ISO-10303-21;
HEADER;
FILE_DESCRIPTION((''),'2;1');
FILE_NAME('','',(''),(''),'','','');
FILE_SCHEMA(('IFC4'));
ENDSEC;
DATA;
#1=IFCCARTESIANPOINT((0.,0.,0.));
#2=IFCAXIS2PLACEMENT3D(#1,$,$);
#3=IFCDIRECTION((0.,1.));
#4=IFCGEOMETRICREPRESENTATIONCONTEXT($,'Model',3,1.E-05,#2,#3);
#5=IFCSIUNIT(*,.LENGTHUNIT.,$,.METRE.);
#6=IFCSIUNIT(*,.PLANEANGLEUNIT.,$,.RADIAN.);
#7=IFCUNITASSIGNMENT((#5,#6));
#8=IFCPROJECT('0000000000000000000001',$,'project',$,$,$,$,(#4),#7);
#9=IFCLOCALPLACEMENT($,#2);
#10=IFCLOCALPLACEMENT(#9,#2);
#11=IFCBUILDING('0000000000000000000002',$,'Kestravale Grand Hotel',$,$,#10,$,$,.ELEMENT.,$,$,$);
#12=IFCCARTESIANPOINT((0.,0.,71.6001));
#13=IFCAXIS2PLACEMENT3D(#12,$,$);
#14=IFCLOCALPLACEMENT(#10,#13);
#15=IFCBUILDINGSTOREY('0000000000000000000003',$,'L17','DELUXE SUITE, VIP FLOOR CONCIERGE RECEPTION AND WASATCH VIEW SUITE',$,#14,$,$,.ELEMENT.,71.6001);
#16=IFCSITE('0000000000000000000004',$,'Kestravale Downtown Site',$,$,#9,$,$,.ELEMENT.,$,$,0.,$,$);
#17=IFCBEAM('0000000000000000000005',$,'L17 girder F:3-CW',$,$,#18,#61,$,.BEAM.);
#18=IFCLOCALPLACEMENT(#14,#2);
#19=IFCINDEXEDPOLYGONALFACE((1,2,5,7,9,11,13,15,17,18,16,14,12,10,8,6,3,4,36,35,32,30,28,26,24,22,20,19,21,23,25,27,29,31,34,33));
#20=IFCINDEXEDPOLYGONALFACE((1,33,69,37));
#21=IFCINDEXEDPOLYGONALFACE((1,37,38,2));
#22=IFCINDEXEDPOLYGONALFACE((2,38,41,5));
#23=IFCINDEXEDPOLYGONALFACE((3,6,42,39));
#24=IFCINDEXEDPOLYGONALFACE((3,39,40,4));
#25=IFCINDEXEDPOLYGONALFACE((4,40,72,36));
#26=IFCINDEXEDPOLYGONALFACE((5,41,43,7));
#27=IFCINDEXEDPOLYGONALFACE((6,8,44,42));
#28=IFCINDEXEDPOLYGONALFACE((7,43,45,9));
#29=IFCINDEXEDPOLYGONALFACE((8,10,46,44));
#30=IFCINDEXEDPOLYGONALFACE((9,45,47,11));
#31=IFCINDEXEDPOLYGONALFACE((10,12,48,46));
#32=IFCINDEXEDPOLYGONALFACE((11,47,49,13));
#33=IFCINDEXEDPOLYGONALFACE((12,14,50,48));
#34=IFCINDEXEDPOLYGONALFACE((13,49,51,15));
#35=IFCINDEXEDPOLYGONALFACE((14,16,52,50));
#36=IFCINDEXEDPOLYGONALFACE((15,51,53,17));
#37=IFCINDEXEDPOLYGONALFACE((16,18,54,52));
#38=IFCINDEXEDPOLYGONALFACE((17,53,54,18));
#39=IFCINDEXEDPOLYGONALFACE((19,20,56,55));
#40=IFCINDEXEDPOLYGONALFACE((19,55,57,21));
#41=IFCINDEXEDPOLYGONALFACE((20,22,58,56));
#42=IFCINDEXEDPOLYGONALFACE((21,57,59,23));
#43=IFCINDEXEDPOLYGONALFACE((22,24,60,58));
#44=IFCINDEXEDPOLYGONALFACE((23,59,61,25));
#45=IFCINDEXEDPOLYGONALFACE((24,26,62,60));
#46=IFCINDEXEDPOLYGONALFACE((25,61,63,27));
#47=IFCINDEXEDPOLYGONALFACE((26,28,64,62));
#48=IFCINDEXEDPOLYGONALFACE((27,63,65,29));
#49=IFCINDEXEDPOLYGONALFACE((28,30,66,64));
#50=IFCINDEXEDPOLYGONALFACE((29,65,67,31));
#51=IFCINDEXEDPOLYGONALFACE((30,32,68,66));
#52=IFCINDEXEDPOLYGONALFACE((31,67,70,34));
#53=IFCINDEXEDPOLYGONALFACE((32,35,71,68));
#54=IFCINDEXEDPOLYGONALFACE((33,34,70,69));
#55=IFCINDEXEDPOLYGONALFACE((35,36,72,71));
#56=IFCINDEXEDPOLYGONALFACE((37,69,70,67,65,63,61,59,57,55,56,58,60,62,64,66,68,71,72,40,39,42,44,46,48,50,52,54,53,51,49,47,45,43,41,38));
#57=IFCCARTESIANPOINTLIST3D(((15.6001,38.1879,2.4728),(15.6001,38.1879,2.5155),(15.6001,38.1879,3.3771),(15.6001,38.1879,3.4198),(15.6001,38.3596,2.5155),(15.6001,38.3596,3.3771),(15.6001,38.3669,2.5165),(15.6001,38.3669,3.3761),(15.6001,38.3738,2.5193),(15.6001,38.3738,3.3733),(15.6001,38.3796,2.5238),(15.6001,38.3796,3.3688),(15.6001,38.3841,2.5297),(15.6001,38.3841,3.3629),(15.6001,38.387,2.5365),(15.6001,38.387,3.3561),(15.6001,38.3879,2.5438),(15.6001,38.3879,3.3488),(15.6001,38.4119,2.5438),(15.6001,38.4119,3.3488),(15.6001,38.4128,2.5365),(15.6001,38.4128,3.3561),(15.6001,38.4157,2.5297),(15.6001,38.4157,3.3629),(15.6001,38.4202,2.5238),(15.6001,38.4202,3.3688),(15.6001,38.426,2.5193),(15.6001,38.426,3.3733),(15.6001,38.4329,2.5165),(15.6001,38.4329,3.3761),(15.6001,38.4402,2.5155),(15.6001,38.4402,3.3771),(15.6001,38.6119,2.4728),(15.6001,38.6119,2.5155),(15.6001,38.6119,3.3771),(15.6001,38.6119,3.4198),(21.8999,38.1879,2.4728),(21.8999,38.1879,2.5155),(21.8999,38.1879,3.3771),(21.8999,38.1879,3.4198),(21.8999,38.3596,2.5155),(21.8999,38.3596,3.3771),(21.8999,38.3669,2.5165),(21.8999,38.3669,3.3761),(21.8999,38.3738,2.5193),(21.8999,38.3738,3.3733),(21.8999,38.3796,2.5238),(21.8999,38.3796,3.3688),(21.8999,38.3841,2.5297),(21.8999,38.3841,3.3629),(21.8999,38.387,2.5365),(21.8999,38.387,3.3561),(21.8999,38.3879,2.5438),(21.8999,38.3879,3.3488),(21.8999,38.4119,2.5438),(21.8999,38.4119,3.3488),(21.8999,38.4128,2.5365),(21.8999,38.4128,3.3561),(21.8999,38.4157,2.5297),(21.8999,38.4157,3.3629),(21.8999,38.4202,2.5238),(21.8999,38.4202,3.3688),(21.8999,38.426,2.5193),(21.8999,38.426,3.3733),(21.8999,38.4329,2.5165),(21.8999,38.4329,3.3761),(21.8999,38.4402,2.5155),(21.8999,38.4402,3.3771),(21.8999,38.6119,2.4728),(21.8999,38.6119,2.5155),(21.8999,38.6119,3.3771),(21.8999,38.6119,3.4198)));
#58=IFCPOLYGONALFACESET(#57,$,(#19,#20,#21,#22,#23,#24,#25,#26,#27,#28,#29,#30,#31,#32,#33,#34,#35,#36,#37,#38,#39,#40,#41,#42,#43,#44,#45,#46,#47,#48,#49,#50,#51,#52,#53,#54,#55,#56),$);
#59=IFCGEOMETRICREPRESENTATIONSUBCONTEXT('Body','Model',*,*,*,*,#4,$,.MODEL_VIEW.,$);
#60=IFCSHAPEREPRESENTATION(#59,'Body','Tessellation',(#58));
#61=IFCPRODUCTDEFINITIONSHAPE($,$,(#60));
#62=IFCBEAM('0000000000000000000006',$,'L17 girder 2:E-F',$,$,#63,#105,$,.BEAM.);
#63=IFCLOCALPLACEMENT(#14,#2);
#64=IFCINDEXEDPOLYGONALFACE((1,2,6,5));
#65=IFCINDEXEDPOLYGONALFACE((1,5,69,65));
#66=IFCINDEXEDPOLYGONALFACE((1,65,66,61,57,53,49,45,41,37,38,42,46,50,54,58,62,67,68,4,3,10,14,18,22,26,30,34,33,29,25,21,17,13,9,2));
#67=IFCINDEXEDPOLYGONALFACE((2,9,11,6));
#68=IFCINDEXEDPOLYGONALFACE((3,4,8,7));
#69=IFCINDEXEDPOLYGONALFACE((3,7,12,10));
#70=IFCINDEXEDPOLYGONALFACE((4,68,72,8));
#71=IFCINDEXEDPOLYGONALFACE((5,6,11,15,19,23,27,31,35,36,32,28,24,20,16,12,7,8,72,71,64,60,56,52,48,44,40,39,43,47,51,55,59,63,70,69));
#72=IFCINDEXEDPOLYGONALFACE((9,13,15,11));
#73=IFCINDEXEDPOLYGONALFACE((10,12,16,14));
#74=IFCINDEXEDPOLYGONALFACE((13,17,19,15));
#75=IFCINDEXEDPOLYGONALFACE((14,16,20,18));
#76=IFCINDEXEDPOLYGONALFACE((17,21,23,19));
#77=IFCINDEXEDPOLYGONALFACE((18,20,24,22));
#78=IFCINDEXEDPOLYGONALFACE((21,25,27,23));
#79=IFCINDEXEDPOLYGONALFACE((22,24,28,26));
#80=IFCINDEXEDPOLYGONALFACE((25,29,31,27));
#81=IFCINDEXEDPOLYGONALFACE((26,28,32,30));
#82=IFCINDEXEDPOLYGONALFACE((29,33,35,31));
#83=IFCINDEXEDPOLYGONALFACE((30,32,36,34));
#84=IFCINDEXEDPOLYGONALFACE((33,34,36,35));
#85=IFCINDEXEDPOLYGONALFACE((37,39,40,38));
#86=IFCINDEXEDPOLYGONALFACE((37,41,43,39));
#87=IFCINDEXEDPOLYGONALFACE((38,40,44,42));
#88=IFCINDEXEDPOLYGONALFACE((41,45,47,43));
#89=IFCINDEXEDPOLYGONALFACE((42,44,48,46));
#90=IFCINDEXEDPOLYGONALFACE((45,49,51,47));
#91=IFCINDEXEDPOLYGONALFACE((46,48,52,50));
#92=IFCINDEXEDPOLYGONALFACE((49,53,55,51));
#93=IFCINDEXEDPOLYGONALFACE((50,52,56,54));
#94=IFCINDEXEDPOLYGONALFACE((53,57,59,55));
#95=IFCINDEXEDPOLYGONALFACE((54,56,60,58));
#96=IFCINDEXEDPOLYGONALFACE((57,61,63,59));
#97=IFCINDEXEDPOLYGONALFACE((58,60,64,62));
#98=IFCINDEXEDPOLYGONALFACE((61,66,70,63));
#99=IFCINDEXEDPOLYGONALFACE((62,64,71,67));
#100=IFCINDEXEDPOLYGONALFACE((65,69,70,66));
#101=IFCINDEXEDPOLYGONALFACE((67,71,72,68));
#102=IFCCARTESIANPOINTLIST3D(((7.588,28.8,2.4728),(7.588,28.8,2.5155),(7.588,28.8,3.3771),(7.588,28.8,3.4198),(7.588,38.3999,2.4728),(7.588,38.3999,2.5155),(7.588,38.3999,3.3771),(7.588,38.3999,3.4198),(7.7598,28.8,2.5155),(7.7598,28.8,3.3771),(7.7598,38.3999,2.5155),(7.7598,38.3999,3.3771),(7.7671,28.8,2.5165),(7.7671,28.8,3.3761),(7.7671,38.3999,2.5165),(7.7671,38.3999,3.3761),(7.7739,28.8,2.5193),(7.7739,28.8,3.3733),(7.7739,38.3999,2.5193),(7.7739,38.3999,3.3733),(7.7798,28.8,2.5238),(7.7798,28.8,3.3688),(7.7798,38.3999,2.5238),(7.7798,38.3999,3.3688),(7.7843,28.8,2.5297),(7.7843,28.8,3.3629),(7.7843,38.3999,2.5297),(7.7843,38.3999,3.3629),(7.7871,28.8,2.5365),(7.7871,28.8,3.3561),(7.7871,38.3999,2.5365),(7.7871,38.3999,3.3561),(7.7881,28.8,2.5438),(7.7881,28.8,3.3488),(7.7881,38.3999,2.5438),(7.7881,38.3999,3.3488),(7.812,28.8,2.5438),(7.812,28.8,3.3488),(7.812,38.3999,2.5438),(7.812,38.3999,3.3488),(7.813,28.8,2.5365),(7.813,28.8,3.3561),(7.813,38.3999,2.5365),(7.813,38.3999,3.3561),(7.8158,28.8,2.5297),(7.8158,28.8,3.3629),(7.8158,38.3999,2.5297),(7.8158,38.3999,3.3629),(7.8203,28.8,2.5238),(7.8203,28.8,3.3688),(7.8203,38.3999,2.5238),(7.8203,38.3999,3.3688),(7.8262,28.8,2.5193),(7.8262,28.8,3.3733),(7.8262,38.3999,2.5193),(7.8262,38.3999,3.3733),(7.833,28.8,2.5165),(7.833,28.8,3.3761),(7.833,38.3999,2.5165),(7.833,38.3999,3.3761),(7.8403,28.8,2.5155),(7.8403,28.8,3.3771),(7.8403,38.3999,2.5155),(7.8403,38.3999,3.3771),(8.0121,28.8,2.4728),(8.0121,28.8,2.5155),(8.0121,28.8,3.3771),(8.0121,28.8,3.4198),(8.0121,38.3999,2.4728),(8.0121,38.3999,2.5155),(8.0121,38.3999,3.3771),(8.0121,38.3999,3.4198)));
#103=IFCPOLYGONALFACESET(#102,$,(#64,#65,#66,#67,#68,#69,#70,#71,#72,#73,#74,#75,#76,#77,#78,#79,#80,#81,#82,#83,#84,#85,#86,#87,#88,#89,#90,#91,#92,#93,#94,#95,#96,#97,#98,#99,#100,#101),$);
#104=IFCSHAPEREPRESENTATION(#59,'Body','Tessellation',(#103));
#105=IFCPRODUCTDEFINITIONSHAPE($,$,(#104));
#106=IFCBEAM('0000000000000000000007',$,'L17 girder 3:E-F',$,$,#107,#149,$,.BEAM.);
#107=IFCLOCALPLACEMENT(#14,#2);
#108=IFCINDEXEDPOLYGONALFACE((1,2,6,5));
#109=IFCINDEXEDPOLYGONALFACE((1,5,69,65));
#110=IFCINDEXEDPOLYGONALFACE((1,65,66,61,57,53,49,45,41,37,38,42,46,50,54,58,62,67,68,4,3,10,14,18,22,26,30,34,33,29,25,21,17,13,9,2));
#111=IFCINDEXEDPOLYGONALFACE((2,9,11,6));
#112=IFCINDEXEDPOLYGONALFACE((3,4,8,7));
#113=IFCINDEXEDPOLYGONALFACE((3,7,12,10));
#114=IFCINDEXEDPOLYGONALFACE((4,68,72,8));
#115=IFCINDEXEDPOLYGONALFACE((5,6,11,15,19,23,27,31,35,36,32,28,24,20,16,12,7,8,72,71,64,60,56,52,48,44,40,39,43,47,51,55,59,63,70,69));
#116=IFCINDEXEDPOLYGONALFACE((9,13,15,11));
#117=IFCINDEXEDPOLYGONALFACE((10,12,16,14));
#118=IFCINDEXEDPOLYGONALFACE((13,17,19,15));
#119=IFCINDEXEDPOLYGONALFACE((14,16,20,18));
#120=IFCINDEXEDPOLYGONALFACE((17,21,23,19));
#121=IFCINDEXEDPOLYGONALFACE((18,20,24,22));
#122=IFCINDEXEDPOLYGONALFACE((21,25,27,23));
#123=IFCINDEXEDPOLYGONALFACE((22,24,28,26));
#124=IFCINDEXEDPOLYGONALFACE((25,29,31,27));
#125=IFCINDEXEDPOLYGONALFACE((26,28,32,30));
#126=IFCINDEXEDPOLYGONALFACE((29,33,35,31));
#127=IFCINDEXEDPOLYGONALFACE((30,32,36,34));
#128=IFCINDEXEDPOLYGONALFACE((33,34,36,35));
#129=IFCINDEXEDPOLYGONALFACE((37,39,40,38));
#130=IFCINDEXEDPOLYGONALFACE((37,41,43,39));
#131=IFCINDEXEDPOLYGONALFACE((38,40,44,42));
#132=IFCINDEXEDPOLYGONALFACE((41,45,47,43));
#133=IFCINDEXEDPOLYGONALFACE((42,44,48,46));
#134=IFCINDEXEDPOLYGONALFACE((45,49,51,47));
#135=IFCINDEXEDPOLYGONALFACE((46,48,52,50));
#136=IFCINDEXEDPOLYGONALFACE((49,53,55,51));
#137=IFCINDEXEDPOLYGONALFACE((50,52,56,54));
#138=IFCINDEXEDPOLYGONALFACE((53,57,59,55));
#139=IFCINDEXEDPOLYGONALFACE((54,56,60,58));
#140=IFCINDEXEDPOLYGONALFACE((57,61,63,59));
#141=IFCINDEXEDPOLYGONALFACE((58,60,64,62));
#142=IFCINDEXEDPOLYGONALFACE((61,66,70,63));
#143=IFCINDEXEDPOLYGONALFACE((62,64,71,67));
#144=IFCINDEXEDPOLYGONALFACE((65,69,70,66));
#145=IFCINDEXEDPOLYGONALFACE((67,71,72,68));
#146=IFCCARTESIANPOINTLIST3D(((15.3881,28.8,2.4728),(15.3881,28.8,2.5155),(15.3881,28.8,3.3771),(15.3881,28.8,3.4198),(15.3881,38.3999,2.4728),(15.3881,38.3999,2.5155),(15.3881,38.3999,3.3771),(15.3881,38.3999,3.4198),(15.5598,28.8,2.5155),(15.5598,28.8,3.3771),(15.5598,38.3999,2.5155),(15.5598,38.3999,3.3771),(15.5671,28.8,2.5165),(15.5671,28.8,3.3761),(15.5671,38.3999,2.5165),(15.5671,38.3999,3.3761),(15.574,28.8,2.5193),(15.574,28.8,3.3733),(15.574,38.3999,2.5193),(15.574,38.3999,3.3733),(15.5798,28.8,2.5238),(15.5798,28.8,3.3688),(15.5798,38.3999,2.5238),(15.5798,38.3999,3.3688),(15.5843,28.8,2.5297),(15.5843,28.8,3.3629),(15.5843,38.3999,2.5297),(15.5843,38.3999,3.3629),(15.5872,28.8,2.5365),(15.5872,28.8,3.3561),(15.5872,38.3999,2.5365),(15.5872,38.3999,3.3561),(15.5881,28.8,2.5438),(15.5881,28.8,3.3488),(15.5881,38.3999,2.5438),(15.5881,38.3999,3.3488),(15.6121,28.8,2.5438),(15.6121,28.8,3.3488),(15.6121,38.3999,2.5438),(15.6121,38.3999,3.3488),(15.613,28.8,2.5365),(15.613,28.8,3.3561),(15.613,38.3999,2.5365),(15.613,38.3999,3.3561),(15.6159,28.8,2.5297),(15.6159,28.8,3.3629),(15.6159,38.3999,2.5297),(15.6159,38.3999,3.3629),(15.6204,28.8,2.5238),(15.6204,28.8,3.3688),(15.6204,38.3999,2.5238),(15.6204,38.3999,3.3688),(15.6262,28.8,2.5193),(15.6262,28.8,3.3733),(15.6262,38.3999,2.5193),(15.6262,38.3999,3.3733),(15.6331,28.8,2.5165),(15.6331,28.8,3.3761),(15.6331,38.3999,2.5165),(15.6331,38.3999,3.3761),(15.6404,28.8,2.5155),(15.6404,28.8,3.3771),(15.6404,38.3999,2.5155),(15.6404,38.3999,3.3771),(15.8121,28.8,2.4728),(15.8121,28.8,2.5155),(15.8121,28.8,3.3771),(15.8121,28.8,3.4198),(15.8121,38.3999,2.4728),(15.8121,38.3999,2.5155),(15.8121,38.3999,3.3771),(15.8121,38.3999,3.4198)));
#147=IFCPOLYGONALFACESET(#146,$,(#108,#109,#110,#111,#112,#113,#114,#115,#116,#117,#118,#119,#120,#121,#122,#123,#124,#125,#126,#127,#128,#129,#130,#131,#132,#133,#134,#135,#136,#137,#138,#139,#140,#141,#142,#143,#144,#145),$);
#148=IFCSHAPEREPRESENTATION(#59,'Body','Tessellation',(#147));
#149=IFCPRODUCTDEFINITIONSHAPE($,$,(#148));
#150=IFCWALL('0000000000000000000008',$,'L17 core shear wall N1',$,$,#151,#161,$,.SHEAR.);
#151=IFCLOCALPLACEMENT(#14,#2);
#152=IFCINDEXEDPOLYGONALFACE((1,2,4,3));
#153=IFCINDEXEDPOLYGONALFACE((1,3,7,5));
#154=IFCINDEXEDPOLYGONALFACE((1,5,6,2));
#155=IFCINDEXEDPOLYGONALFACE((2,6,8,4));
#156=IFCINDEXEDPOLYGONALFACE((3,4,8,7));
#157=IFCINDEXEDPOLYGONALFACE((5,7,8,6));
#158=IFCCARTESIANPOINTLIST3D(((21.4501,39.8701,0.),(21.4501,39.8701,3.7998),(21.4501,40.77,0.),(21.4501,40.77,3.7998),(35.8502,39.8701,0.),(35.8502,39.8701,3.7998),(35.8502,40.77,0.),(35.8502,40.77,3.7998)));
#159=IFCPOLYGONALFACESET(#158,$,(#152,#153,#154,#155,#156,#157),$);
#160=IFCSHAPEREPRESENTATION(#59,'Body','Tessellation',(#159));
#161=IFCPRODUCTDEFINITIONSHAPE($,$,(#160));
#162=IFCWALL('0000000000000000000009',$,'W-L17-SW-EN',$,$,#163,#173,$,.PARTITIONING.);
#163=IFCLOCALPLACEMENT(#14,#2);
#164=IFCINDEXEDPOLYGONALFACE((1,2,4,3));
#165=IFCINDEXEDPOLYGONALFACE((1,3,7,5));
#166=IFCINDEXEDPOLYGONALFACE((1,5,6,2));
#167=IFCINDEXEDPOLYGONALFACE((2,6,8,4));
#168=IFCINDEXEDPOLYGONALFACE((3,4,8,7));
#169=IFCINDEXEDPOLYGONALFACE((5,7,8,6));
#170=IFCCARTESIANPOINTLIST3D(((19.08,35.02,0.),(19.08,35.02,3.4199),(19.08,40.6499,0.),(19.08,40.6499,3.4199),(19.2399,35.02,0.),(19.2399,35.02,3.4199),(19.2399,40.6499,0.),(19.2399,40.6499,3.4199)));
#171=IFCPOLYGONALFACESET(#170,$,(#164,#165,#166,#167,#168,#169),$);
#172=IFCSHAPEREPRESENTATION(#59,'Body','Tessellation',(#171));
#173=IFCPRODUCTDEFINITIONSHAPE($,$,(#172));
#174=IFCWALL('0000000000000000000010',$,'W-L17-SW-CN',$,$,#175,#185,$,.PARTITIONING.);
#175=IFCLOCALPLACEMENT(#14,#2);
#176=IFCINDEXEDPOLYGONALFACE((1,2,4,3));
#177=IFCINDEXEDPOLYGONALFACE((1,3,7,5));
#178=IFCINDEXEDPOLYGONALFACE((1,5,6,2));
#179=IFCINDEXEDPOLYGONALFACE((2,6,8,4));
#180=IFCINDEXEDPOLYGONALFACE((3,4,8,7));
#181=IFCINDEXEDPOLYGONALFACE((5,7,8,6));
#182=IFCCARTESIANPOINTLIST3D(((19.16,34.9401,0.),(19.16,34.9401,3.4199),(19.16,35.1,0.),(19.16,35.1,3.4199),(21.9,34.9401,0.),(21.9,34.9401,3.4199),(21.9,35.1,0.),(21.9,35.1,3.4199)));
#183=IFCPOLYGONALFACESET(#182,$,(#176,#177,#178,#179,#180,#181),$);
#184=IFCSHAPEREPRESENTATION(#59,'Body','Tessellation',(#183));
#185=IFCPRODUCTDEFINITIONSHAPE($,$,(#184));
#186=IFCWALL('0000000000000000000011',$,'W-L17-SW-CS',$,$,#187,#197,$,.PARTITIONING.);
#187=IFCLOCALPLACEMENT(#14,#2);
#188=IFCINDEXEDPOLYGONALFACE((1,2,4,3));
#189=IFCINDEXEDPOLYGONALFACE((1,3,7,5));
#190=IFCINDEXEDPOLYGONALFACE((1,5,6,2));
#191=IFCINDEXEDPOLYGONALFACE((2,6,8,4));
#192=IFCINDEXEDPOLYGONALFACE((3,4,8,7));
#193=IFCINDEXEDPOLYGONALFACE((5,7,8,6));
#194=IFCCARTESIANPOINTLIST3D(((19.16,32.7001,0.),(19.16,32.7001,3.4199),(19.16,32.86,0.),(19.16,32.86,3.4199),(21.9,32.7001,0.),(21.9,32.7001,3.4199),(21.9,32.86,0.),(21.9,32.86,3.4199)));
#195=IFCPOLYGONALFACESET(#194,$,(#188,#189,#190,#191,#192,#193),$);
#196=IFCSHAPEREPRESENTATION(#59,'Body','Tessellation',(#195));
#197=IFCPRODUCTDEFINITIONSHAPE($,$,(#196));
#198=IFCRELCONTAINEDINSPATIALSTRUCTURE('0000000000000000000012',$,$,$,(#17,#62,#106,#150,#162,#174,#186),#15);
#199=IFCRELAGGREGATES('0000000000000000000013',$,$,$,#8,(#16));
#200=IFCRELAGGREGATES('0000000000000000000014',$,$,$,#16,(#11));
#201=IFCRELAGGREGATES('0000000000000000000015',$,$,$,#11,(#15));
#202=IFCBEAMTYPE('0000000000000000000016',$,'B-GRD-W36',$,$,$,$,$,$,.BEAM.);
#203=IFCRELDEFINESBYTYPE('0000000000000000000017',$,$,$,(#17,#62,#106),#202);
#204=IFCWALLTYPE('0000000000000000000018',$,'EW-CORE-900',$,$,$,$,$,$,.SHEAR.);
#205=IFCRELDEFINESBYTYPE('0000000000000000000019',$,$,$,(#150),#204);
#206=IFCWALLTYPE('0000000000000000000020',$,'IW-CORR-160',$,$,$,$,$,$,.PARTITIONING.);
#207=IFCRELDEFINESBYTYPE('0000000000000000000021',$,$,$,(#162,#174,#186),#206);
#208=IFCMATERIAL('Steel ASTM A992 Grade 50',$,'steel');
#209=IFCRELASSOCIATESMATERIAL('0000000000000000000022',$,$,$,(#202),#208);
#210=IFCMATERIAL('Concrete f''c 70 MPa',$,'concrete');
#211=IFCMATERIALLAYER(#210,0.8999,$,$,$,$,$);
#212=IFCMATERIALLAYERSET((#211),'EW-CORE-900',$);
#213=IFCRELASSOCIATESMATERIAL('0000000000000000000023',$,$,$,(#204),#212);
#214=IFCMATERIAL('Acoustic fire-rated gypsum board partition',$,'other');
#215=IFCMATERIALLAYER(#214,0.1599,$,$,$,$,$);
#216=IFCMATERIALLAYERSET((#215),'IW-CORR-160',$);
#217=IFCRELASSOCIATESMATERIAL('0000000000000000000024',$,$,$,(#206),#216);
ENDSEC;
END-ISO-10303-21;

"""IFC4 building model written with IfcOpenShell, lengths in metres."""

from ifc_helpers import new_model, si_unit, direction, frame, frame_2d, origin, origin_2d, place, context, subcontext, project, spatial, rectangle, i_section, extrude, material, layer, layer_set, material_profile, profile_set, type_object, element, save


model = new_model("IFC4")

# Units and contexts
model_context = context("Model", 3, precision=1e-05, world=origin(), true_north=direction((0.0, 1.0)))
body_context = subcontext(model_context, "Body", "Model", "MODEL_VIEW")
ifc_project = project(units=[si_unit("LENGTHUNIT", "METRE"), si_unit("PLANEANGLEUNIT", "RADIAN")], contexts=[model_context])

# Site, building, storey
site_placement = place(None, origin())
site = spatial("IfcSite", under=ifc_project, at=site_placement, Name="Kestravale Downtown Site", CompositionType="ELEMENT", RefElevation=0.0)
building_placement = place(site_placement, origin())
building = spatial("IfcBuilding", under=site, at=building_placement, Name="Kestravale Grand Hotel", CompositionType="ELEMENT")
storey_placement = place(building_placement, frame((0.0, 0.0, 71.6001)))
storey = spatial("IfcBuildingStorey", under=building, at=storey_placement, Name="L17", Description="DELUXE SUITE, VIP FLOOR CONCIERGE RECEPTION AND WASATCH VIEW SUITE", CompositionType="ELEMENT", Elevation=71.6001)

# Beams
ifc_material_1 = material(Name="Steel ASTM A992 Grade 50", Category="steel")
ifc_material_profile_1 = material_profile(ifc_material_1, i_section(OverallWidth=0.4241, OverallDepth=0.947, WebThickness=0.0239, FlangeThickness=0.0427, FilletRadius=0.0283, at=origin_2d()))
ifc_profile_set_1 = profile_set([ifc_material_profile_1], Name="Steel ASTM A992 Grade 50")
beam_type_1 = type_object("IfcBeamType", Name="B-GRD-W36", PredefinedType="BEAM", material=ifc_profile_set_1)
beam_1_placement = place(storey_placement, frame((15.6001, 38.3999, 2.9463), z_axis=(1.0, 0.0, 0.0), x_axis=(0.0, 1.0, 0.0)))
element("IfcBeam", 1, at=beam_1_placement, inside=storey, type_object=beam_type_1, Name="L17 girder F:3-CW", PredefinedType="BEAM", context=body_context, shape_type="SweptSolid", body=[
    extrude(i_section(OverallWidth=0.4241, OverallDepth=0.947, WebThickness=0.0239, FlangeThickness=0.0427, FilletRadius=0.0283, at=origin_2d()), origin(), (0.0, 0.0, 1.0), 6.2998),
])
for number, where, z_axis, x_axis, name in (
    (2, (7.8, 28.8, 2.9463), (0.0, 1.0, 0.0), (-1.0, 0.0, 0.0), "L17 girder 2:E-F"),
    (3, (15.6001, 28.8, 2.9463), (0.0, 1.0, 0.0), (-1.0, 0.0, 0.0), "L17 girder 3:E-F"),
):
    element("IfcBeam", number, at=place(storey_placement, frame(where, z_axis=z_axis, x_axis=x_axis)), inside=storey, type_object=beam_type_1, Name=name, PredefinedType="BEAM", context=body_context, shape_type="SweptSolid", body=[
        extrude(i_section(OverallWidth=0.4241, OverallDepth=0.947, WebThickness=0.0239, FlangeThickness=0.0427, FilletRadius=0.0283, at=origin_2d()), origin(), (0.0, 0.0, 1.0), 9.5999),
    ])

# Walls
ifc_material_2 = material(Name="Concrete f'c 70 MPa", Category="concrete")
ifc_layer_1 = layer(ifc_material_2, 0.8999)
ifc_layer_set_1 = layer_set([ifc_layer_1], Name="EW-CORE-900")
wall_type_1 = type_object("IfcWallType", Name="EW-CORE-900", PredefinedType="SHEAR", material=ifc_layer_set_1)
wall_1_placement = place(storey_placement, frame((21.45, 40.3201, 0.0), z_axis=(0.0, 0.0, 1.0), x_axis=(1.0, 0.0, 0.0)))
element("IfcWall", 4, at=wall_1_placement, inside=storey, type_object=wall_type_1, Name="L17 core shear wall N1", PredefinedType="SHEAR", context=body_context, shape_type="SweptSolid", body=[
    extrude(rectangle(XDim=14.4001, YDim=0.8999, at=frame_2d((7.2002, 0.0))), origin(), (0.0, 0.0, 1.0), 3.7998),
])
ifc_material_3 = material(Name="Acoustic fire-rated gypsum board partition", Category="other")
ifc_layer_2 = layer(ifc_material_3, 0.1599)
ifc_layer_set_2 = layer_set([ifc_layer_2], Name="IW-CORR-160")
wall_type_2 = type_object("IfcWallType", Name="IW-CORR-160", PredefinedType="PARTITIONING", material=ifc_layer_set_2)
wall_2_placement = place(storey_placement, frame((19.1599, 35.02, 0.0), z_axis=(0.0, 0.0, 1.0), x_axis=(0.0, 1.0, 0.0)))
element("IfcWall", 5, at=wall_2_placement, inside=storey, type_object=wall_type_2, Name="W-L17-SW-EN", PredefinedType="PARTITIONING", context=body_context, shape_type="SweptSolid", body=[
    extrude(rectangle(XDim=5.6299, YDim=0.1599, at=frame_2d((2.8149, 0.0))), origin(), (0.0, 0.0, 1.0), 3.4199),
])
for number, where, z_axis, x_axis, name in (
    (6, (19.1599, 35.02, 0.0), (0.0, 0.0, 1.0), (1.0, 0.0, 0.0), "W-L17-SW-CN"),
    (7, (19.1599, 32.78, 0.0), (0.0, 0.0, 1.0), (1.0, 0.0, 0.0), "W-L17-SW-CS"),
):
    element("IfcWall", number, at=place(storey_placement, frame(where, z_axis=z_axis, x_axis=x_axis)), inside=storey, type_object=wall_type_2, Name=name, PredefinedType="PARTITIONING", context=body_context, shape_type="SweptSolid", body=[
        extrude(rectangle(XDim=2.74, YDim=0.1599, at=frame_2d((1.3701, 0.0))), origin(), (0.0, 0.0, 1.0), 3.4199),
    ])

save(model, "model.ifc")
